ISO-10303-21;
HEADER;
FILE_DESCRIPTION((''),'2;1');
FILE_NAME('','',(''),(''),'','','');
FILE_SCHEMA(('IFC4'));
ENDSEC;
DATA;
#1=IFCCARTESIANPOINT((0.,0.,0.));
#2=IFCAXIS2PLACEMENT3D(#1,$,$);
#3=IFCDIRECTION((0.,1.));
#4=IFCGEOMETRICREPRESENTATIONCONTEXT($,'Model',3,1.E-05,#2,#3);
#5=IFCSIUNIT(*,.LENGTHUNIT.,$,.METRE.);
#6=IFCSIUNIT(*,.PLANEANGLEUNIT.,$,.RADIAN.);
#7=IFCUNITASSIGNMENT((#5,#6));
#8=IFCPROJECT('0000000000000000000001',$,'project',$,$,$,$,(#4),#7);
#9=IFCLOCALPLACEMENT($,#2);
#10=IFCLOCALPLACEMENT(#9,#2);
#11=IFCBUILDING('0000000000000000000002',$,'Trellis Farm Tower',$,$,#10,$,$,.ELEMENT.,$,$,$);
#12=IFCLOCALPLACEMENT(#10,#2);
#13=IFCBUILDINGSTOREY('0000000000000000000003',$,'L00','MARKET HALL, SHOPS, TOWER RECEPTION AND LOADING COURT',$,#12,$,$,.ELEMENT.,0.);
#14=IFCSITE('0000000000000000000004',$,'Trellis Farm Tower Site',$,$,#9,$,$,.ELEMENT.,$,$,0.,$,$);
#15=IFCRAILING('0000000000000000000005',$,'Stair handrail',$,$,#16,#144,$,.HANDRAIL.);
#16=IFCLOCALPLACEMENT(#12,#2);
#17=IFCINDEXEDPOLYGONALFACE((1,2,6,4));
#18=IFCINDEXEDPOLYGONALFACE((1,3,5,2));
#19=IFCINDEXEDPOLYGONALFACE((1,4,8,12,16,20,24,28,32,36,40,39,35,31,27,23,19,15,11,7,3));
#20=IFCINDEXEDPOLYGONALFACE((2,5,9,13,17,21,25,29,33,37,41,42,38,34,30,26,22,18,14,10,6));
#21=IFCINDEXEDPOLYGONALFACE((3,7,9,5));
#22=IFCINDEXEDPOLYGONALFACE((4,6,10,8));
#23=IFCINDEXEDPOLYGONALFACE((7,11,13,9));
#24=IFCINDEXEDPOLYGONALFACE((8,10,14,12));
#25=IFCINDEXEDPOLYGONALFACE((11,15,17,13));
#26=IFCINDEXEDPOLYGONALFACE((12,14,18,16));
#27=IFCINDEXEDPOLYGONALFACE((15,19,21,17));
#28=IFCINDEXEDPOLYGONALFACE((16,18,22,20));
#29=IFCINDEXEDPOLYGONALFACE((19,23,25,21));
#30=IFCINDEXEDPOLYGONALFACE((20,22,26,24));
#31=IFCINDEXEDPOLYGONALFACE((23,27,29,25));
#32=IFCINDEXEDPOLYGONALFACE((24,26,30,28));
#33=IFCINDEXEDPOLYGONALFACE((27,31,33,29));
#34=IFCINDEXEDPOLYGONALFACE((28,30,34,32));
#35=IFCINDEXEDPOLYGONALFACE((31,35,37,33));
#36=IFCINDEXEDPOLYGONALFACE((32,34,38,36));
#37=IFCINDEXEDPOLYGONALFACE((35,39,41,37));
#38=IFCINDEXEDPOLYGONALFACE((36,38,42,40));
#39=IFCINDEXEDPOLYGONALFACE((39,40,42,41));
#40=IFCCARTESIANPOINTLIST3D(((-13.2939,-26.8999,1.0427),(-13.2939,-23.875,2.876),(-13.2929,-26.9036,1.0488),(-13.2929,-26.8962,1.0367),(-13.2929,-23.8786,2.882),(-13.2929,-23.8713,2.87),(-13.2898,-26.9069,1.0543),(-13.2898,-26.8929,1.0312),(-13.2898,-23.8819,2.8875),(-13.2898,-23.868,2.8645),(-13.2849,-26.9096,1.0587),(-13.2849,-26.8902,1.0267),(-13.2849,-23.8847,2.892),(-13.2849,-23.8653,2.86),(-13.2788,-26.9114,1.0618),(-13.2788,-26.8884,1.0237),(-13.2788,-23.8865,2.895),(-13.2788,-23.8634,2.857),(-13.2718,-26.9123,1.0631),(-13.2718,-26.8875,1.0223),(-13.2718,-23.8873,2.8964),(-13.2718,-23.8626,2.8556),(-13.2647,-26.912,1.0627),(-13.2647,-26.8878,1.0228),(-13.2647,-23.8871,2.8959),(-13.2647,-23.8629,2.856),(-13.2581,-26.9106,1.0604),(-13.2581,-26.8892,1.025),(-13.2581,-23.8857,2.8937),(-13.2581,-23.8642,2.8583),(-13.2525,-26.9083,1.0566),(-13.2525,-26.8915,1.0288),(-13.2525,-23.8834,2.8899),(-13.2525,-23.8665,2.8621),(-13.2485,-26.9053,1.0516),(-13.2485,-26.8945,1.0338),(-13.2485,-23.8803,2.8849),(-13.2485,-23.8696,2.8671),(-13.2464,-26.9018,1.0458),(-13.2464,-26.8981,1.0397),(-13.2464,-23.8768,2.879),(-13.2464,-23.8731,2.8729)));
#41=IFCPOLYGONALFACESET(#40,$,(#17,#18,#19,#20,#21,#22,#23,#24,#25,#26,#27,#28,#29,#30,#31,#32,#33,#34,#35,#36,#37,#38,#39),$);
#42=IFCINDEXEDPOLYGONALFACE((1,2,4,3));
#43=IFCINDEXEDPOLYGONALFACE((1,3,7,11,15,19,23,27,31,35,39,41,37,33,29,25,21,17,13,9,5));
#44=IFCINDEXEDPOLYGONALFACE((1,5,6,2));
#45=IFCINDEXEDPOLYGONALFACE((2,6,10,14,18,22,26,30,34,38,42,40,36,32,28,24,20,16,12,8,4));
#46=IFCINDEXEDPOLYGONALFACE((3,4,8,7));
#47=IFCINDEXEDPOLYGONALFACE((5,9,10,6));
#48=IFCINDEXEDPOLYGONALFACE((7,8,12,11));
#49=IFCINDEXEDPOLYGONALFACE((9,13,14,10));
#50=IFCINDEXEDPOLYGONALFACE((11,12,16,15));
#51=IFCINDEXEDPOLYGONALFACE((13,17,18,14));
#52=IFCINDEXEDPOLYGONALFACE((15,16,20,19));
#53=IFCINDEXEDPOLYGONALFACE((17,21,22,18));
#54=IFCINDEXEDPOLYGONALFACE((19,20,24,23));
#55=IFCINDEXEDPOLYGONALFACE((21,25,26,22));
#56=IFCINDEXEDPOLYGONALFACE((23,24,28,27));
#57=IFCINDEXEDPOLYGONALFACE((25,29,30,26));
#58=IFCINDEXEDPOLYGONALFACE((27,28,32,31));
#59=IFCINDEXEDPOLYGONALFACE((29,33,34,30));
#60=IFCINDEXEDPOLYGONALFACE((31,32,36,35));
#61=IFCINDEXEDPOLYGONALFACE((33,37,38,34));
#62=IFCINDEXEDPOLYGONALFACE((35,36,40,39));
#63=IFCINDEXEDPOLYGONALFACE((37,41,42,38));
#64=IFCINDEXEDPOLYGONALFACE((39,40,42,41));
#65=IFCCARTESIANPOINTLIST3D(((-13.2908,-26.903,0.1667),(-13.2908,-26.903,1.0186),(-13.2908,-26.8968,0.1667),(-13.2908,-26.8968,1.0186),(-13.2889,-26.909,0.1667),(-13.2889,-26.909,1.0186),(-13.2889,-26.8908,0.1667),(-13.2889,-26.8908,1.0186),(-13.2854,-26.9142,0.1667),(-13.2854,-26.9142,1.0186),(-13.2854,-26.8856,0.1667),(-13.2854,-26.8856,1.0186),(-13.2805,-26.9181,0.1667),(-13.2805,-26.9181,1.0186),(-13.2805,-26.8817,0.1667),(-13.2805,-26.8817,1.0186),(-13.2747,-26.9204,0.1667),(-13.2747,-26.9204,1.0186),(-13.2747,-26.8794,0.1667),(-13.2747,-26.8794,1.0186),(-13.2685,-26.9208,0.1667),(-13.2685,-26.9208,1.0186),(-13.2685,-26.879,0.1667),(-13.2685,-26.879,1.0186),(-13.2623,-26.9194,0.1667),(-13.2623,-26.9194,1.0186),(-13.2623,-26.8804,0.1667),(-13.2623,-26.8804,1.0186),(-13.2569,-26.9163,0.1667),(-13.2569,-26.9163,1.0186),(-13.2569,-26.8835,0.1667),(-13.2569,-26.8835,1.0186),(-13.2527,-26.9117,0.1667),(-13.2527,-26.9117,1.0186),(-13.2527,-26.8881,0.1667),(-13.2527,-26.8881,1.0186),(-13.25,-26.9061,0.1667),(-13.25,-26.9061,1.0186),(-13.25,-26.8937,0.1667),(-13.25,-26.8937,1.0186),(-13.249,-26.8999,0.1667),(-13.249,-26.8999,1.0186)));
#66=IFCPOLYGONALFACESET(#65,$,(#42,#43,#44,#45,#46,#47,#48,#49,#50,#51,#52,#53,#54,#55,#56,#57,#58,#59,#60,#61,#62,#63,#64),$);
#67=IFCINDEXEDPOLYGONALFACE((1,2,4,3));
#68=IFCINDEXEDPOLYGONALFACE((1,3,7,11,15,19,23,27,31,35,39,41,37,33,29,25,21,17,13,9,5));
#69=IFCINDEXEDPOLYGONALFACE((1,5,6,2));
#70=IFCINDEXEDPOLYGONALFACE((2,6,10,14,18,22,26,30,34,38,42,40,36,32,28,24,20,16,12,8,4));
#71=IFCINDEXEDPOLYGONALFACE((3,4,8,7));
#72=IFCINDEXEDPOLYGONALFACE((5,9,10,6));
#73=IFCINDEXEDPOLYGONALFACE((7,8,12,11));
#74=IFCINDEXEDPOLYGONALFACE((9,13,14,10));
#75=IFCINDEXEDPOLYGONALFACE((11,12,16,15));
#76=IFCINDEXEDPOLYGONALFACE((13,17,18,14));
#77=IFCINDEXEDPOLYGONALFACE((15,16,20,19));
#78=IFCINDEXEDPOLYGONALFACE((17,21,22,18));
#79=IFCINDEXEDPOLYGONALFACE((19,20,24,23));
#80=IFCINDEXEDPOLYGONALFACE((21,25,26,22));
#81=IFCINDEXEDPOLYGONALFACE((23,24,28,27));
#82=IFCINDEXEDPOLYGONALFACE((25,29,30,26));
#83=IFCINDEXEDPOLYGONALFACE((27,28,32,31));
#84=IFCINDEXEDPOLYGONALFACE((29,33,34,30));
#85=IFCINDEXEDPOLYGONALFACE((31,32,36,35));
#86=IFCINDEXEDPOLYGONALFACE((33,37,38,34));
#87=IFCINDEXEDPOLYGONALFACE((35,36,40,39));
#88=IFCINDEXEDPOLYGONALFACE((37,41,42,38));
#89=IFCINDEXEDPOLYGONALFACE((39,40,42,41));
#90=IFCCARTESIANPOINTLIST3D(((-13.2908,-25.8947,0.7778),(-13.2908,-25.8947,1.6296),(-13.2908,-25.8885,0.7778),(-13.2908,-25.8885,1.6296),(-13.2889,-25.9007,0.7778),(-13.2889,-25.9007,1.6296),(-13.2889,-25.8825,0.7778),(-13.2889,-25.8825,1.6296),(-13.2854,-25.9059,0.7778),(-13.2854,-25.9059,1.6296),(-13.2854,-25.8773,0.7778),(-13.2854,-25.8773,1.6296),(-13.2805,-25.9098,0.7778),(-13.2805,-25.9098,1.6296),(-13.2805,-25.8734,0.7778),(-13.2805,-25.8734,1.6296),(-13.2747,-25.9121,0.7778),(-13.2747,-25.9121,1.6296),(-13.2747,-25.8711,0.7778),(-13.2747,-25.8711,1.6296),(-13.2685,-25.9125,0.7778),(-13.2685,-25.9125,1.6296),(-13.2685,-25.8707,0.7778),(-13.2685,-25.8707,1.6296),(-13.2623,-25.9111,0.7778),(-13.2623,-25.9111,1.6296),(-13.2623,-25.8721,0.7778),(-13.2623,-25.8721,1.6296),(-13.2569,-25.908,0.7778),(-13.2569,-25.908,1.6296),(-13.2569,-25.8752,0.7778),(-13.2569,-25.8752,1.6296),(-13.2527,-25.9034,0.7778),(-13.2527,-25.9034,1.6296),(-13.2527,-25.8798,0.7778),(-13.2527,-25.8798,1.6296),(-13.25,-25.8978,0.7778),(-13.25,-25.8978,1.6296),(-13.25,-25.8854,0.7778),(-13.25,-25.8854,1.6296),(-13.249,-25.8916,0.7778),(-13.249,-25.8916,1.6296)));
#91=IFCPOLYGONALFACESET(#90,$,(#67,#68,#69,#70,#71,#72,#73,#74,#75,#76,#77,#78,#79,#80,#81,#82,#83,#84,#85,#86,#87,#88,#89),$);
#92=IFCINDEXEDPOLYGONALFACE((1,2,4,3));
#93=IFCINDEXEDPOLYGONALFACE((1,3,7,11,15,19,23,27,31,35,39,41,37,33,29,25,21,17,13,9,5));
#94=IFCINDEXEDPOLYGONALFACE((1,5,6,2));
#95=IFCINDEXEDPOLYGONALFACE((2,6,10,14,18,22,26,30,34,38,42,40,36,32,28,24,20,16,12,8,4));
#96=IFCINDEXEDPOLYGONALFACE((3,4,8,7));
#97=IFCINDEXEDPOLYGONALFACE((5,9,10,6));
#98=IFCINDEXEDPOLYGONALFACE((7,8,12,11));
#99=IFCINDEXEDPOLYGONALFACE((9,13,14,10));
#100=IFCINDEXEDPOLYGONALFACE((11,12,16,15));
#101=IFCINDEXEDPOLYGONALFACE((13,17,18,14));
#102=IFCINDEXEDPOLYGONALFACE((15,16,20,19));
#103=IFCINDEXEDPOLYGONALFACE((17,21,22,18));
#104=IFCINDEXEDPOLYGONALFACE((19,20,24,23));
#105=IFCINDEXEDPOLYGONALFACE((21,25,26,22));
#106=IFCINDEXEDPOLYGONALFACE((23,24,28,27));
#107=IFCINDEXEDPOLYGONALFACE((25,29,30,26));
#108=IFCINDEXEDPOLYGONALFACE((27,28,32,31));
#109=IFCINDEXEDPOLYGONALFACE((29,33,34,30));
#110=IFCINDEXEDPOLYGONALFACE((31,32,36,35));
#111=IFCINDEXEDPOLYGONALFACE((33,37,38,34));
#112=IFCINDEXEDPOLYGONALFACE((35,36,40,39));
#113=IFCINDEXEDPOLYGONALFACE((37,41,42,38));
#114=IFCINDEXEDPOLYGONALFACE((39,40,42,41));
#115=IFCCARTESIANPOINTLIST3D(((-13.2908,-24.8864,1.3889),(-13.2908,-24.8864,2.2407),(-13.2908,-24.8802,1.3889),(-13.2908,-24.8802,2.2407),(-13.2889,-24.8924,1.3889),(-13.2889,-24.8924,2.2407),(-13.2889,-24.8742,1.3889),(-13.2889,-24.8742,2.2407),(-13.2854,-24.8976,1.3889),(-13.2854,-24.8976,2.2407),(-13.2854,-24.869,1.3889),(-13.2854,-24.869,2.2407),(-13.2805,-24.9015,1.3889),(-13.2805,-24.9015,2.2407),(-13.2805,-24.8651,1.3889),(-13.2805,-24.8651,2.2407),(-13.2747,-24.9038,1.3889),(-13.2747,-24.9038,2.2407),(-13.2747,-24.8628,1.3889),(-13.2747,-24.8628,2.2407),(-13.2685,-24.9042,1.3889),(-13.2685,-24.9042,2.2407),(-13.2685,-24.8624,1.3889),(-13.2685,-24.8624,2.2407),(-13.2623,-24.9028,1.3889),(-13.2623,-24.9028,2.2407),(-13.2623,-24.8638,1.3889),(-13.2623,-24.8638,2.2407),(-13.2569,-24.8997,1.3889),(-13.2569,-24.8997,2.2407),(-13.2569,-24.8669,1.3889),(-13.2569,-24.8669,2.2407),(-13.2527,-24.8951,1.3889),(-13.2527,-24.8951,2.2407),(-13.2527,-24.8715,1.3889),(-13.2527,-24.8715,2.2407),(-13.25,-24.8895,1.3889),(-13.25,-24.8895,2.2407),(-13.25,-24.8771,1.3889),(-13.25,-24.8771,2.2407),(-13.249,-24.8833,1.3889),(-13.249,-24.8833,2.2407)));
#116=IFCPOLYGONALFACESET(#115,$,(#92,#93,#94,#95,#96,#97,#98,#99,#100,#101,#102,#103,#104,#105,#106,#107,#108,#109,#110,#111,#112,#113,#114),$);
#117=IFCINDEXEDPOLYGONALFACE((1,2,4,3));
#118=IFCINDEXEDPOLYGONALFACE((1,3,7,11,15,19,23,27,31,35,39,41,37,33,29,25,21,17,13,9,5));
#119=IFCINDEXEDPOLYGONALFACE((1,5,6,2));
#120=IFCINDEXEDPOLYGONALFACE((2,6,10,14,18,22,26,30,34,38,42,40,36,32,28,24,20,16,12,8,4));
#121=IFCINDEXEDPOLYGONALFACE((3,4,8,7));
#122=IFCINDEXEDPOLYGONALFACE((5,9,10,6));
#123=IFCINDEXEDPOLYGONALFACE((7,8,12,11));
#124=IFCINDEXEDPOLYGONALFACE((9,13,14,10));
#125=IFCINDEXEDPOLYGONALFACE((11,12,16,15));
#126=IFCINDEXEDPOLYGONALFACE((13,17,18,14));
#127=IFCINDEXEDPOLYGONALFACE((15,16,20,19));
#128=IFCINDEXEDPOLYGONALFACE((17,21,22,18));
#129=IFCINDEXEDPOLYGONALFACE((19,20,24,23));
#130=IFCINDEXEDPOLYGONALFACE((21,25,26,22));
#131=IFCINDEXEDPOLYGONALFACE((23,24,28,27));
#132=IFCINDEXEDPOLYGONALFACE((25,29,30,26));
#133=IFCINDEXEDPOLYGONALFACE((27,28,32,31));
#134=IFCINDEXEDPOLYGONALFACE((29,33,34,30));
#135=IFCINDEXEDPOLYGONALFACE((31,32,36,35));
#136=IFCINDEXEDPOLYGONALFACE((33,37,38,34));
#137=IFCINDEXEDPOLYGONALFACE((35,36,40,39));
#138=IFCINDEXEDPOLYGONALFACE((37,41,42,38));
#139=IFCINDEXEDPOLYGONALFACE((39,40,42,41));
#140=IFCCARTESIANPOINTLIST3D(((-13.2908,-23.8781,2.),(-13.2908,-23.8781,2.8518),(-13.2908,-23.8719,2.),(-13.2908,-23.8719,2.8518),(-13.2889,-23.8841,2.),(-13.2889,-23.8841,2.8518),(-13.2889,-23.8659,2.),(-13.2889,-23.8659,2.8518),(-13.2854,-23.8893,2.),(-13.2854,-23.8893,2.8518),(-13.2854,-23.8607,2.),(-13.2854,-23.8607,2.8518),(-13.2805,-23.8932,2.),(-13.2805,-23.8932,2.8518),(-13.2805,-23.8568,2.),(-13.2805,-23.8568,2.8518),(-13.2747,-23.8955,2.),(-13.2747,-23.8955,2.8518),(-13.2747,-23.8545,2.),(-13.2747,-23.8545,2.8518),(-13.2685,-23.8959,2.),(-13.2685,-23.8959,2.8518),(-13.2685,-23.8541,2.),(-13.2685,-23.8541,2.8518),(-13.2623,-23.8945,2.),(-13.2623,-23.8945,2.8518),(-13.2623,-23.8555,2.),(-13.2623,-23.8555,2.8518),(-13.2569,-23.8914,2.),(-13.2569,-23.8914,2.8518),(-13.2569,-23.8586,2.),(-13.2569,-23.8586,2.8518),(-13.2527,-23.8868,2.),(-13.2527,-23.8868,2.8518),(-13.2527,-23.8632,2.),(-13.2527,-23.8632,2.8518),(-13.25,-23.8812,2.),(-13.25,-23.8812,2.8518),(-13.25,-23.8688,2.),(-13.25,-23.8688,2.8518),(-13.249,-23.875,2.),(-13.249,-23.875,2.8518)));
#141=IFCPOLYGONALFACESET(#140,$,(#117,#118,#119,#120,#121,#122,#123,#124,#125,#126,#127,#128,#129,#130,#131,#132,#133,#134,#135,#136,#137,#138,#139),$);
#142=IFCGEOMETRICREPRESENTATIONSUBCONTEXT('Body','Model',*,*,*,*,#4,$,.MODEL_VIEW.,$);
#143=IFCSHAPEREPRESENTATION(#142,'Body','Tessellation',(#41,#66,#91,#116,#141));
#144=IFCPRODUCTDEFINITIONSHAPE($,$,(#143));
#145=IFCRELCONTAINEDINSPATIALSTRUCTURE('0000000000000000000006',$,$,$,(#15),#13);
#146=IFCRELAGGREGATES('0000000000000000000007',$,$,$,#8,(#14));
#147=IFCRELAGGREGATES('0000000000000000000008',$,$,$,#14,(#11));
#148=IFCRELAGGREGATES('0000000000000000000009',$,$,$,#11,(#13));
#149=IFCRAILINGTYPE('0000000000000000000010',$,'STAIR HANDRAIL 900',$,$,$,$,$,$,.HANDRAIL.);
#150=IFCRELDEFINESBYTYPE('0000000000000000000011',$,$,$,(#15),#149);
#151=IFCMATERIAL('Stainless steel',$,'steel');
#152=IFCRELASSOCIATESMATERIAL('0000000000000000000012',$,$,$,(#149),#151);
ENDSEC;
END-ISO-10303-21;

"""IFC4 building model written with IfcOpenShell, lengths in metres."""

from ifc_helpers import new_model, si_unit, direction, frame, origin, origin_2d, place, context, subcontext, project, spatial, circle, extrude, source, transform, mapped, material, type_object, element, save


model = new_model("IFC4")

# Units and contexts
model_context = context("Model", 3, precision=1e-05, world=origin(), true_north=direction((0.0, 1.0)))
body_context = subcontext(model_context, "Body", "Model", "MODEL_VIEW")
ifc_project = project(units=[si_unit("LENGTHUNIT", "METRE"), si_unit("PLANEANGLEUNIT", "RADIAN")], contexts=[model_context])

# Site, building, storey
site_placement = place(None, origin())
site = spatial("IfcSite", under=ifc_project, at=site_placement, Name="Trellis Farm Tower Site", CompositionType="ELEMENT", RefElevation=0.0)
building_placement = place(site_placement, origin())
building = spatial("IfcBuilding", under=site, at=building_placement, Name="Trellis Farm Tower", CompositionType="ELEMENT")
storey_placement = place(building_placement, origin())
storey = spatial("IfcBuildingStorey", under=building, at=storey_placement, Name="L00", Description="MARKET HALL, SHOPS, TOWER RECEPTION AND LOADING COURT", CompositionType="ELEMENT", Elevation=0.0)

# Railing
ifc_material_1 = material(Name="Stainless steel", Category="steel")
railing_type = type_object("IfcRailingType", Name="STAIR HANDRAIL 900", PredefinedType="HANDRAIL", material=ifc_material_1)
shared_shape_1 = source(origin(), body_context, "Body", "SweptSolid", [
    extrude(circle(Radius=0.0239, at=origin_2d()), frame((0.0, 0.0, 0.876), z_axis=(0.0, 0.855201, 0.518297), x_axis=(-1.0, 0.0, 0.0)), (0.0, 0.0, 1.0), 3.5371),
    extrude(circle(Radius=0.021, at=origin_2d()), origin(), (0.0, 0.0, 1.0), 0.8518),
    extrude(circle(Radius=0.021, at=origin_2d()), frame((0.0, 1.0083, 0.6111)), (0.0, 0.0, 1.0), 0.8518),
    extrude(circle(Radius=0.021, at=origin_2d()), frame((0.0, 2.0166, 1.2222)), (0.0, 0.0, 1.0), 0.8518),
    extrude(circle(Radius=0.021, at=origin_2d()), frame((0.0, 3.0249, 1.8333)), (0.0, 0.0, 1.0), 0.8518),
])
for number, where, name in (
    (1, (-13.27, -26.8999, 0.1667), "Stair handrail"),
):
    element("IfcRailing", number, at=place(storey_placement, frame(where)), inside=storey, type_object=railing_type, Name=name, PredefinedType="HANDRAIL", context=body_context, shape_type="MappedRepresentation", body=[
        mapped(shared_shape_1, transform((0.0, 0.0, 0.0))),
    ])

save(model, "model.ifc")
